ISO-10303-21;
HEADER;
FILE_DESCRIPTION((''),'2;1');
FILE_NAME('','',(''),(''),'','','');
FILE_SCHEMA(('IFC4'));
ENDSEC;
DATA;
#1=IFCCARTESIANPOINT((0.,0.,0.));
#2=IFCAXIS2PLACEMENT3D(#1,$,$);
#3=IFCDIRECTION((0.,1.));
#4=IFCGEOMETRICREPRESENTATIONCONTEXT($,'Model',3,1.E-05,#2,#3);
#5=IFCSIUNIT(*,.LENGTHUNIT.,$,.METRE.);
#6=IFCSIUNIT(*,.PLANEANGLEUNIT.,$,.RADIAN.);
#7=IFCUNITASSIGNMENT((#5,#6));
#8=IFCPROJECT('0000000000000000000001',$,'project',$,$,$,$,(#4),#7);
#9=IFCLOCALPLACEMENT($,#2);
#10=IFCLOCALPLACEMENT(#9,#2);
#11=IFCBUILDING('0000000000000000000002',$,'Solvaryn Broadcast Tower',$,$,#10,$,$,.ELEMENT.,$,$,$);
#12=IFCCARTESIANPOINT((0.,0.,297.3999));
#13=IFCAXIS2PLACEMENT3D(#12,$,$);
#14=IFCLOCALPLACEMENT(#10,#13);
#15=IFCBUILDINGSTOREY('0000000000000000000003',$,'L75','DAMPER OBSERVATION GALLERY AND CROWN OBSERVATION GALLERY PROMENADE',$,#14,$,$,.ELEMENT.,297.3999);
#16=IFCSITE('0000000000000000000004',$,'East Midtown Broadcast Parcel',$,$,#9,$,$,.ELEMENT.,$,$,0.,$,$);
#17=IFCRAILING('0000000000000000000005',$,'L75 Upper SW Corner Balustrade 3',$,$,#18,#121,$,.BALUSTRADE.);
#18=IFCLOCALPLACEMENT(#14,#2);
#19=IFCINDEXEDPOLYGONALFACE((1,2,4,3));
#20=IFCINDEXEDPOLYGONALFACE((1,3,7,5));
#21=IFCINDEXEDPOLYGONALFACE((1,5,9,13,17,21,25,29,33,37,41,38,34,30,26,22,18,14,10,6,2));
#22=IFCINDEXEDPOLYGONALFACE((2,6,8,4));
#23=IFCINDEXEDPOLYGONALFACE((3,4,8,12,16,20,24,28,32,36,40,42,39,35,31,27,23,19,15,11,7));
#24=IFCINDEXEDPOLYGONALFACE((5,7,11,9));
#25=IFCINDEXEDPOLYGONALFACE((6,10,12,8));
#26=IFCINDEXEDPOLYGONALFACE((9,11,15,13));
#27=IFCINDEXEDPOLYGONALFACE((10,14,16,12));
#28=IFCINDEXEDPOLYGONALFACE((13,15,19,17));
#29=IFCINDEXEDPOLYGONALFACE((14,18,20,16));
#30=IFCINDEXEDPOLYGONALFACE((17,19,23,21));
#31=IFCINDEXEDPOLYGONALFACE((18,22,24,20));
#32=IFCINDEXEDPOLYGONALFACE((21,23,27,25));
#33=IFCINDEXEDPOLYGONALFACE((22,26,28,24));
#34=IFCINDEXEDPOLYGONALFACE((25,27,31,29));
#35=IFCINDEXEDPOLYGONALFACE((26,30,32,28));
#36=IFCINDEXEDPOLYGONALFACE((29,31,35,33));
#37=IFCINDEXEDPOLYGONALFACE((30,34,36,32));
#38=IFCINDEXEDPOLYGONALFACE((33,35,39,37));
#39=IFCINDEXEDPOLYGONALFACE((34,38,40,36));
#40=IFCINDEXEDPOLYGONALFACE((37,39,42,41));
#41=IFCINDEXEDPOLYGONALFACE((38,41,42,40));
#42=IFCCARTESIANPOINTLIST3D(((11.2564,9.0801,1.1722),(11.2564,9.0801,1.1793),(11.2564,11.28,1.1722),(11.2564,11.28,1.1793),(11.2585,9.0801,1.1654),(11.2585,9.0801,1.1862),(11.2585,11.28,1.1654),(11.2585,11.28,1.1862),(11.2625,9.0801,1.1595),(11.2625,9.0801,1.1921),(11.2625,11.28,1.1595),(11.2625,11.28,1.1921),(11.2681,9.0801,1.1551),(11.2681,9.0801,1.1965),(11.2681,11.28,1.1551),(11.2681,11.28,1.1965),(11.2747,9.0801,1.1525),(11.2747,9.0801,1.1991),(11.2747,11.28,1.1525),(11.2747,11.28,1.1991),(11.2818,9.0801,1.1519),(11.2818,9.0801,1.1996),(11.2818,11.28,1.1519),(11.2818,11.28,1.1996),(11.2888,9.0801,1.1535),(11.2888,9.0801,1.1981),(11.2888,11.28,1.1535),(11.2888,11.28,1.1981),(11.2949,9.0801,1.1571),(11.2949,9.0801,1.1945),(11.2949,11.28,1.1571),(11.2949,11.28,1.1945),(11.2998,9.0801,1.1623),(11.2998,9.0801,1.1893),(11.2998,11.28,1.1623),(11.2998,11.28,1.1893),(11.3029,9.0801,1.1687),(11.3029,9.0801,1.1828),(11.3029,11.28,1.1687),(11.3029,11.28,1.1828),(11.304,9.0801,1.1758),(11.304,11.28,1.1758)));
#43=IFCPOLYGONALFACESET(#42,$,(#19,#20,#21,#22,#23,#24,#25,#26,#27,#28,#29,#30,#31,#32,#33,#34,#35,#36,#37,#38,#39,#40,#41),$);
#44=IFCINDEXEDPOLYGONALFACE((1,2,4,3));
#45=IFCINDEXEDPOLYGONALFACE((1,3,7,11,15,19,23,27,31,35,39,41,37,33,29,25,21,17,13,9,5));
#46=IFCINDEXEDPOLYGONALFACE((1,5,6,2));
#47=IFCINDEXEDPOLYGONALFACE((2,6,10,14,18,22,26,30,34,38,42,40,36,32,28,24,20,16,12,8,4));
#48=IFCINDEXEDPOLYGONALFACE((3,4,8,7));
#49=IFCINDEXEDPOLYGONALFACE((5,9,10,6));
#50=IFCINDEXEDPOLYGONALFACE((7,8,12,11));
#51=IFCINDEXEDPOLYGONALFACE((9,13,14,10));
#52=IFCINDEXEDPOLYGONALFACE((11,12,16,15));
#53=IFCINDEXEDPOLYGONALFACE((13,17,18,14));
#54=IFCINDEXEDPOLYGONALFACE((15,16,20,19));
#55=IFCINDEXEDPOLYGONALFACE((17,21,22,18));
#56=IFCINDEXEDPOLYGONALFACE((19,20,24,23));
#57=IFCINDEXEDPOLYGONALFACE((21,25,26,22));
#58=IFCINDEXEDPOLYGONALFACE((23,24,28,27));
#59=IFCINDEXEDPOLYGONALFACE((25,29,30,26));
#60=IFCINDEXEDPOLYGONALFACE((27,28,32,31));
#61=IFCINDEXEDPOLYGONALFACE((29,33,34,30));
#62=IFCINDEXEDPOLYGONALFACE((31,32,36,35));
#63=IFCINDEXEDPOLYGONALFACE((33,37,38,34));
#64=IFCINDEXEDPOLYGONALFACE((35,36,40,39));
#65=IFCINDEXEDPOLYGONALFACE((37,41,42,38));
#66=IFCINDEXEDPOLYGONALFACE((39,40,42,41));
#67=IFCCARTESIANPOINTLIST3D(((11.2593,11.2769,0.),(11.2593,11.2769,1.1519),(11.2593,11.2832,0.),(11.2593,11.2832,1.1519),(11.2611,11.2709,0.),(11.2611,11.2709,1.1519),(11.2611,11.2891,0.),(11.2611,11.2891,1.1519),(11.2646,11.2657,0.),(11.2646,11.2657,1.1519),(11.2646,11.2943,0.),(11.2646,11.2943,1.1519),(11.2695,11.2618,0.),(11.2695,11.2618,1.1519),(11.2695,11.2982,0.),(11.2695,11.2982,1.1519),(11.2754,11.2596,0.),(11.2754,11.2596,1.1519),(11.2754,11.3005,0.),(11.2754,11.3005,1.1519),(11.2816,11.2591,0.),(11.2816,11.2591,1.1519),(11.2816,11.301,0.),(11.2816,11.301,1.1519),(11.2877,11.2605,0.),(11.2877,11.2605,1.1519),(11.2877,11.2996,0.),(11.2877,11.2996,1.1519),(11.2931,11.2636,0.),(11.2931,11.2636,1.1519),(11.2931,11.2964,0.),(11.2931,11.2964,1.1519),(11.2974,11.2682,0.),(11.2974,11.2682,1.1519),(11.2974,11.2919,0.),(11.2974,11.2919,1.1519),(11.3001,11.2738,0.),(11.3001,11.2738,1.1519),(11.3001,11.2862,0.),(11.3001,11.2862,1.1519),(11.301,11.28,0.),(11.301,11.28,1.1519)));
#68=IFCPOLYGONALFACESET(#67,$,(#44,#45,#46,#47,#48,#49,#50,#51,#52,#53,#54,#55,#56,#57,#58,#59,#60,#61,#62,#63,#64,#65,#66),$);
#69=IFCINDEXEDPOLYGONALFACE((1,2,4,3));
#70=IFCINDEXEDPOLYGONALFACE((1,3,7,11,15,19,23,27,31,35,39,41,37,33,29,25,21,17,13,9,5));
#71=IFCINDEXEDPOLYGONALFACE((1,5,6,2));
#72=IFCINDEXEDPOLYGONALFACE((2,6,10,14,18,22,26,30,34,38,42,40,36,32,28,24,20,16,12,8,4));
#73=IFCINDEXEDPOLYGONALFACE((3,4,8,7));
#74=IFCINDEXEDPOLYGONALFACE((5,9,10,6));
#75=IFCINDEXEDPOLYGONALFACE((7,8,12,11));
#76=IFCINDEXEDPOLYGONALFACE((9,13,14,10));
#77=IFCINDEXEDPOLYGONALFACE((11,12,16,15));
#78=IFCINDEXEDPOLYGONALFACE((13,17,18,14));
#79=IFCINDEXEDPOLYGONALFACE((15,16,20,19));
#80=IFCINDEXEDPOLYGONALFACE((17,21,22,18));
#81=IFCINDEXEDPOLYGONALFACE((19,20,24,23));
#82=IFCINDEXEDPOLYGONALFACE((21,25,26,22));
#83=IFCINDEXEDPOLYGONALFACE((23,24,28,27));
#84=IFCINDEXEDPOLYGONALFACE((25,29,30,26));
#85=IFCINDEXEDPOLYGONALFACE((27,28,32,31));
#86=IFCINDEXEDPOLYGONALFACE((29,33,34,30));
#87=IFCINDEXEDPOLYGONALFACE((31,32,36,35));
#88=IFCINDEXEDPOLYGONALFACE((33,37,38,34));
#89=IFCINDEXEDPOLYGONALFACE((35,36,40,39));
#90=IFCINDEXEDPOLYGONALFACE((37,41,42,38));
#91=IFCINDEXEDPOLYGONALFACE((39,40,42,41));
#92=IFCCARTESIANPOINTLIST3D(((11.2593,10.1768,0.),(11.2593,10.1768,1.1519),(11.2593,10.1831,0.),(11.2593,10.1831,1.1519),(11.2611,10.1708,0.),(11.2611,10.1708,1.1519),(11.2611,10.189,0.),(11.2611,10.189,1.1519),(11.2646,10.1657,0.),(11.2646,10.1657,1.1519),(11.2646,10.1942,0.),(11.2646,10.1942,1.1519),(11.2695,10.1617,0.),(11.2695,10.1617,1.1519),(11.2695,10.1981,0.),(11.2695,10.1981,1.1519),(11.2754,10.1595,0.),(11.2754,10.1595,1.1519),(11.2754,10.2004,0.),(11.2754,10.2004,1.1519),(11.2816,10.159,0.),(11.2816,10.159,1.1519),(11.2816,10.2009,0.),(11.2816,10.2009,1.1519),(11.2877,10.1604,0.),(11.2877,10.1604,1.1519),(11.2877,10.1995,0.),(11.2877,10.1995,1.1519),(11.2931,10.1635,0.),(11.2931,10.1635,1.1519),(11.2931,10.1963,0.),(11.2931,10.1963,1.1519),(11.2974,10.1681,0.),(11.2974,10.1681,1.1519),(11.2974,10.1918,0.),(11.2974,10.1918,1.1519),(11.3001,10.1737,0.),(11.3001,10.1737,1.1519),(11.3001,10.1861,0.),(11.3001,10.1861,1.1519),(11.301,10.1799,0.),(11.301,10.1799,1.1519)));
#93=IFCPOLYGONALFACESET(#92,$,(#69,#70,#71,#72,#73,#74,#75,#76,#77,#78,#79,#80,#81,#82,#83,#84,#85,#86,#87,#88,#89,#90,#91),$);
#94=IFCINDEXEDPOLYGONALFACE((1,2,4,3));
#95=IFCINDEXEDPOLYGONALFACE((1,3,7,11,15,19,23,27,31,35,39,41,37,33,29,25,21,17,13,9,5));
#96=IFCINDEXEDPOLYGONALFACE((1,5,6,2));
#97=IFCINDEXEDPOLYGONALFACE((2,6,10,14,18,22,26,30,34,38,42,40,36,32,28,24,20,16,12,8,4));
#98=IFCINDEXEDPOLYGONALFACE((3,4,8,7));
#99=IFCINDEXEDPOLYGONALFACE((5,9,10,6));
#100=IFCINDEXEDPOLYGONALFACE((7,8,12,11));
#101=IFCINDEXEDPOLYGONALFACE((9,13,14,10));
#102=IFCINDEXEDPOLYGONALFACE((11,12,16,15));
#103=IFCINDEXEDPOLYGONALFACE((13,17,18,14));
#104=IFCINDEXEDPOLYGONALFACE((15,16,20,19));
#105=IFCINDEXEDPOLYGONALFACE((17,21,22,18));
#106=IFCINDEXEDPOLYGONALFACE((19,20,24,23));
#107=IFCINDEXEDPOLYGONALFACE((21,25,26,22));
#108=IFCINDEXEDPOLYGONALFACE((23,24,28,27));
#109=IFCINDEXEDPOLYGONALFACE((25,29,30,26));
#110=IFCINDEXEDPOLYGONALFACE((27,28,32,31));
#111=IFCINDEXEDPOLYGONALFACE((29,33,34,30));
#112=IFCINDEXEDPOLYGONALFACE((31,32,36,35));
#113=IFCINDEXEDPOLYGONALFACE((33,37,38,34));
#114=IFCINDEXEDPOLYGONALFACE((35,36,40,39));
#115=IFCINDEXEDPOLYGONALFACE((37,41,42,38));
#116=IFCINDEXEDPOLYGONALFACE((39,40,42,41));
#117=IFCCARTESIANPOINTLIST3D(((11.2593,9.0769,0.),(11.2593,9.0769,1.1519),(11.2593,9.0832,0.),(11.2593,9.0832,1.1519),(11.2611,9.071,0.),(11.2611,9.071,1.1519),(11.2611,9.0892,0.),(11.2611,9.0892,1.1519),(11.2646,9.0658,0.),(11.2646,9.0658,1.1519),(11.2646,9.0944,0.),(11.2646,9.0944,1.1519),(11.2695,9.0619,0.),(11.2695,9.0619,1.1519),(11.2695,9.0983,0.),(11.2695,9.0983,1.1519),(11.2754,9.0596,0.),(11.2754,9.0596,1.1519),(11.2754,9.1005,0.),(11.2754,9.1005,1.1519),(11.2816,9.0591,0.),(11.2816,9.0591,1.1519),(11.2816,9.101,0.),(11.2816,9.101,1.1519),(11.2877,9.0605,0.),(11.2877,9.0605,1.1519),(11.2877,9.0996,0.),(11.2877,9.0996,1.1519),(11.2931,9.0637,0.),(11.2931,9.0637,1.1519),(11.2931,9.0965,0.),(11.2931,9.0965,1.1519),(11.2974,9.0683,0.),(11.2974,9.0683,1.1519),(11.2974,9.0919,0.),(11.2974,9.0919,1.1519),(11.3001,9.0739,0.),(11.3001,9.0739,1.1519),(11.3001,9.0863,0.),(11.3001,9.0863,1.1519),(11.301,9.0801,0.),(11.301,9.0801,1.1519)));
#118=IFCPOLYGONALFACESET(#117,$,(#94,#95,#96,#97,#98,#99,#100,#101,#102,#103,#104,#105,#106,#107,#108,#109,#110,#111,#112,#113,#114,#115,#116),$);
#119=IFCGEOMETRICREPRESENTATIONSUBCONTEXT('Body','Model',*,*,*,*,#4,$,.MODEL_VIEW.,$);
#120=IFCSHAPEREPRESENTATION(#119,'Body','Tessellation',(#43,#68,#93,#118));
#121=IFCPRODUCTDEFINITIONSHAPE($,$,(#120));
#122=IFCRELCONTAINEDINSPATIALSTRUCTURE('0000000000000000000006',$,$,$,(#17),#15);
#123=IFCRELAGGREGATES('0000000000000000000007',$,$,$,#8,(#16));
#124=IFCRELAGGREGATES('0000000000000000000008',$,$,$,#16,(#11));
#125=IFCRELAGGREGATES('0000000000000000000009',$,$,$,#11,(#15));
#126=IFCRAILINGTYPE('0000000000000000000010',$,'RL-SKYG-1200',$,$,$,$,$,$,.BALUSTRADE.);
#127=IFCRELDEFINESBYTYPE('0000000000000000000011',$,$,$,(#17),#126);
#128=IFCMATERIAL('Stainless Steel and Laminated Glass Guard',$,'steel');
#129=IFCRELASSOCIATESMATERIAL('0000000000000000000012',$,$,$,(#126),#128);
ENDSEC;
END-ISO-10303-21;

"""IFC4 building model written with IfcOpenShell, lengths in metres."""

from ifc_helpers import new_model, si_unit, direction, frame, origin, origin_2d, place, context, subcontext, project, spatial, circle, extrude, material, type_object, element, save


model = new_model("IFC4")

# Units and contexts
model_context = context("Model", 3, precision=1e-05, world=origin(), true_north=direction((0.0, 1.0)))
body_context = subcontext(model_context, "Body", "Model", "MODEL_VIEW")
ifc_project = project(units=[si_unit("LENGTHUNIT", "METRE"), si_unit("PLANEANGLEUNIT", "RADIAN")], contexts=[model_context])

# Site, building, storey
site_placement = place(None, origin())
site = spatial("IfcSite", under=ifc_project, at=site_placement, Name="East Midtown Broadcast Parcel", CompositionType="ELEMENT", RefElevation=0.0)
building_placement = place(site_placement, origin())
building = spatial("IfcBuilding", under=site, at=building_placement, Name="Solvaryn Broadcast Tower", CompositionType="ELEMENT")
storey_placement = place(building_placement, frame((0.0, 0.0, 297.3999)))
storey = spatial("IfcBuildingStorey", under=building, at=storey_placement, Name="L75", Description="DAMPER OBSERVATION GALLERY AND CROWN OBSERVATION GALLERY PROMENADE", CompositionType="ELEMENT", Elevation=297.3999)

# Railing
ifc_material_1 = material(Name="Stainless Steel and Laminated Glass Guard", Category="steel")
railing_type = type_object("IfcRailingType", Name="RL-SKYG-1200", PredefinedType="BALUSTRADE", material=ifc_material_1)
railing_1_placement = place(storey_placement, frame((11.28, 11.28, 0.0)))
element("IfcRailing", 1, at=railing_1_placement, inside=storey, type_object=railing_type, Name="L75 Upper SW Corner Balustrade 3", PredefinedType="BALUSTRADE", context=body_context, shape_type="SweptSolid", body=[
    extrude(circle(Radius=0.0239, at=origin_2d()), frame((0.0, 0.0, 1.1758), z_axis=(0.0, -1.0, 0.0), x_axis=(1.0, 0.0, 0.0)), (0.0, 0.0, 1.0), 2.2),
    extrude(circle(Radius=0.021, at=origin_2d()), origin(), (0.0, 0.0, 1.0), 1.1519),
    extrude(circle(Radius=0.021, at=origin_2d()), frame((0.0, -1.1001, 0.0)), (0.0, 0.0, 1.0), 1.1519),
    extrude(circle(Radius=0.021, at=origin_2d()), frame((0.0, -2.2, 0.0)), (0.0, 0.0, 1.0), 1.1519),
])

save(model, "model.ifc")
